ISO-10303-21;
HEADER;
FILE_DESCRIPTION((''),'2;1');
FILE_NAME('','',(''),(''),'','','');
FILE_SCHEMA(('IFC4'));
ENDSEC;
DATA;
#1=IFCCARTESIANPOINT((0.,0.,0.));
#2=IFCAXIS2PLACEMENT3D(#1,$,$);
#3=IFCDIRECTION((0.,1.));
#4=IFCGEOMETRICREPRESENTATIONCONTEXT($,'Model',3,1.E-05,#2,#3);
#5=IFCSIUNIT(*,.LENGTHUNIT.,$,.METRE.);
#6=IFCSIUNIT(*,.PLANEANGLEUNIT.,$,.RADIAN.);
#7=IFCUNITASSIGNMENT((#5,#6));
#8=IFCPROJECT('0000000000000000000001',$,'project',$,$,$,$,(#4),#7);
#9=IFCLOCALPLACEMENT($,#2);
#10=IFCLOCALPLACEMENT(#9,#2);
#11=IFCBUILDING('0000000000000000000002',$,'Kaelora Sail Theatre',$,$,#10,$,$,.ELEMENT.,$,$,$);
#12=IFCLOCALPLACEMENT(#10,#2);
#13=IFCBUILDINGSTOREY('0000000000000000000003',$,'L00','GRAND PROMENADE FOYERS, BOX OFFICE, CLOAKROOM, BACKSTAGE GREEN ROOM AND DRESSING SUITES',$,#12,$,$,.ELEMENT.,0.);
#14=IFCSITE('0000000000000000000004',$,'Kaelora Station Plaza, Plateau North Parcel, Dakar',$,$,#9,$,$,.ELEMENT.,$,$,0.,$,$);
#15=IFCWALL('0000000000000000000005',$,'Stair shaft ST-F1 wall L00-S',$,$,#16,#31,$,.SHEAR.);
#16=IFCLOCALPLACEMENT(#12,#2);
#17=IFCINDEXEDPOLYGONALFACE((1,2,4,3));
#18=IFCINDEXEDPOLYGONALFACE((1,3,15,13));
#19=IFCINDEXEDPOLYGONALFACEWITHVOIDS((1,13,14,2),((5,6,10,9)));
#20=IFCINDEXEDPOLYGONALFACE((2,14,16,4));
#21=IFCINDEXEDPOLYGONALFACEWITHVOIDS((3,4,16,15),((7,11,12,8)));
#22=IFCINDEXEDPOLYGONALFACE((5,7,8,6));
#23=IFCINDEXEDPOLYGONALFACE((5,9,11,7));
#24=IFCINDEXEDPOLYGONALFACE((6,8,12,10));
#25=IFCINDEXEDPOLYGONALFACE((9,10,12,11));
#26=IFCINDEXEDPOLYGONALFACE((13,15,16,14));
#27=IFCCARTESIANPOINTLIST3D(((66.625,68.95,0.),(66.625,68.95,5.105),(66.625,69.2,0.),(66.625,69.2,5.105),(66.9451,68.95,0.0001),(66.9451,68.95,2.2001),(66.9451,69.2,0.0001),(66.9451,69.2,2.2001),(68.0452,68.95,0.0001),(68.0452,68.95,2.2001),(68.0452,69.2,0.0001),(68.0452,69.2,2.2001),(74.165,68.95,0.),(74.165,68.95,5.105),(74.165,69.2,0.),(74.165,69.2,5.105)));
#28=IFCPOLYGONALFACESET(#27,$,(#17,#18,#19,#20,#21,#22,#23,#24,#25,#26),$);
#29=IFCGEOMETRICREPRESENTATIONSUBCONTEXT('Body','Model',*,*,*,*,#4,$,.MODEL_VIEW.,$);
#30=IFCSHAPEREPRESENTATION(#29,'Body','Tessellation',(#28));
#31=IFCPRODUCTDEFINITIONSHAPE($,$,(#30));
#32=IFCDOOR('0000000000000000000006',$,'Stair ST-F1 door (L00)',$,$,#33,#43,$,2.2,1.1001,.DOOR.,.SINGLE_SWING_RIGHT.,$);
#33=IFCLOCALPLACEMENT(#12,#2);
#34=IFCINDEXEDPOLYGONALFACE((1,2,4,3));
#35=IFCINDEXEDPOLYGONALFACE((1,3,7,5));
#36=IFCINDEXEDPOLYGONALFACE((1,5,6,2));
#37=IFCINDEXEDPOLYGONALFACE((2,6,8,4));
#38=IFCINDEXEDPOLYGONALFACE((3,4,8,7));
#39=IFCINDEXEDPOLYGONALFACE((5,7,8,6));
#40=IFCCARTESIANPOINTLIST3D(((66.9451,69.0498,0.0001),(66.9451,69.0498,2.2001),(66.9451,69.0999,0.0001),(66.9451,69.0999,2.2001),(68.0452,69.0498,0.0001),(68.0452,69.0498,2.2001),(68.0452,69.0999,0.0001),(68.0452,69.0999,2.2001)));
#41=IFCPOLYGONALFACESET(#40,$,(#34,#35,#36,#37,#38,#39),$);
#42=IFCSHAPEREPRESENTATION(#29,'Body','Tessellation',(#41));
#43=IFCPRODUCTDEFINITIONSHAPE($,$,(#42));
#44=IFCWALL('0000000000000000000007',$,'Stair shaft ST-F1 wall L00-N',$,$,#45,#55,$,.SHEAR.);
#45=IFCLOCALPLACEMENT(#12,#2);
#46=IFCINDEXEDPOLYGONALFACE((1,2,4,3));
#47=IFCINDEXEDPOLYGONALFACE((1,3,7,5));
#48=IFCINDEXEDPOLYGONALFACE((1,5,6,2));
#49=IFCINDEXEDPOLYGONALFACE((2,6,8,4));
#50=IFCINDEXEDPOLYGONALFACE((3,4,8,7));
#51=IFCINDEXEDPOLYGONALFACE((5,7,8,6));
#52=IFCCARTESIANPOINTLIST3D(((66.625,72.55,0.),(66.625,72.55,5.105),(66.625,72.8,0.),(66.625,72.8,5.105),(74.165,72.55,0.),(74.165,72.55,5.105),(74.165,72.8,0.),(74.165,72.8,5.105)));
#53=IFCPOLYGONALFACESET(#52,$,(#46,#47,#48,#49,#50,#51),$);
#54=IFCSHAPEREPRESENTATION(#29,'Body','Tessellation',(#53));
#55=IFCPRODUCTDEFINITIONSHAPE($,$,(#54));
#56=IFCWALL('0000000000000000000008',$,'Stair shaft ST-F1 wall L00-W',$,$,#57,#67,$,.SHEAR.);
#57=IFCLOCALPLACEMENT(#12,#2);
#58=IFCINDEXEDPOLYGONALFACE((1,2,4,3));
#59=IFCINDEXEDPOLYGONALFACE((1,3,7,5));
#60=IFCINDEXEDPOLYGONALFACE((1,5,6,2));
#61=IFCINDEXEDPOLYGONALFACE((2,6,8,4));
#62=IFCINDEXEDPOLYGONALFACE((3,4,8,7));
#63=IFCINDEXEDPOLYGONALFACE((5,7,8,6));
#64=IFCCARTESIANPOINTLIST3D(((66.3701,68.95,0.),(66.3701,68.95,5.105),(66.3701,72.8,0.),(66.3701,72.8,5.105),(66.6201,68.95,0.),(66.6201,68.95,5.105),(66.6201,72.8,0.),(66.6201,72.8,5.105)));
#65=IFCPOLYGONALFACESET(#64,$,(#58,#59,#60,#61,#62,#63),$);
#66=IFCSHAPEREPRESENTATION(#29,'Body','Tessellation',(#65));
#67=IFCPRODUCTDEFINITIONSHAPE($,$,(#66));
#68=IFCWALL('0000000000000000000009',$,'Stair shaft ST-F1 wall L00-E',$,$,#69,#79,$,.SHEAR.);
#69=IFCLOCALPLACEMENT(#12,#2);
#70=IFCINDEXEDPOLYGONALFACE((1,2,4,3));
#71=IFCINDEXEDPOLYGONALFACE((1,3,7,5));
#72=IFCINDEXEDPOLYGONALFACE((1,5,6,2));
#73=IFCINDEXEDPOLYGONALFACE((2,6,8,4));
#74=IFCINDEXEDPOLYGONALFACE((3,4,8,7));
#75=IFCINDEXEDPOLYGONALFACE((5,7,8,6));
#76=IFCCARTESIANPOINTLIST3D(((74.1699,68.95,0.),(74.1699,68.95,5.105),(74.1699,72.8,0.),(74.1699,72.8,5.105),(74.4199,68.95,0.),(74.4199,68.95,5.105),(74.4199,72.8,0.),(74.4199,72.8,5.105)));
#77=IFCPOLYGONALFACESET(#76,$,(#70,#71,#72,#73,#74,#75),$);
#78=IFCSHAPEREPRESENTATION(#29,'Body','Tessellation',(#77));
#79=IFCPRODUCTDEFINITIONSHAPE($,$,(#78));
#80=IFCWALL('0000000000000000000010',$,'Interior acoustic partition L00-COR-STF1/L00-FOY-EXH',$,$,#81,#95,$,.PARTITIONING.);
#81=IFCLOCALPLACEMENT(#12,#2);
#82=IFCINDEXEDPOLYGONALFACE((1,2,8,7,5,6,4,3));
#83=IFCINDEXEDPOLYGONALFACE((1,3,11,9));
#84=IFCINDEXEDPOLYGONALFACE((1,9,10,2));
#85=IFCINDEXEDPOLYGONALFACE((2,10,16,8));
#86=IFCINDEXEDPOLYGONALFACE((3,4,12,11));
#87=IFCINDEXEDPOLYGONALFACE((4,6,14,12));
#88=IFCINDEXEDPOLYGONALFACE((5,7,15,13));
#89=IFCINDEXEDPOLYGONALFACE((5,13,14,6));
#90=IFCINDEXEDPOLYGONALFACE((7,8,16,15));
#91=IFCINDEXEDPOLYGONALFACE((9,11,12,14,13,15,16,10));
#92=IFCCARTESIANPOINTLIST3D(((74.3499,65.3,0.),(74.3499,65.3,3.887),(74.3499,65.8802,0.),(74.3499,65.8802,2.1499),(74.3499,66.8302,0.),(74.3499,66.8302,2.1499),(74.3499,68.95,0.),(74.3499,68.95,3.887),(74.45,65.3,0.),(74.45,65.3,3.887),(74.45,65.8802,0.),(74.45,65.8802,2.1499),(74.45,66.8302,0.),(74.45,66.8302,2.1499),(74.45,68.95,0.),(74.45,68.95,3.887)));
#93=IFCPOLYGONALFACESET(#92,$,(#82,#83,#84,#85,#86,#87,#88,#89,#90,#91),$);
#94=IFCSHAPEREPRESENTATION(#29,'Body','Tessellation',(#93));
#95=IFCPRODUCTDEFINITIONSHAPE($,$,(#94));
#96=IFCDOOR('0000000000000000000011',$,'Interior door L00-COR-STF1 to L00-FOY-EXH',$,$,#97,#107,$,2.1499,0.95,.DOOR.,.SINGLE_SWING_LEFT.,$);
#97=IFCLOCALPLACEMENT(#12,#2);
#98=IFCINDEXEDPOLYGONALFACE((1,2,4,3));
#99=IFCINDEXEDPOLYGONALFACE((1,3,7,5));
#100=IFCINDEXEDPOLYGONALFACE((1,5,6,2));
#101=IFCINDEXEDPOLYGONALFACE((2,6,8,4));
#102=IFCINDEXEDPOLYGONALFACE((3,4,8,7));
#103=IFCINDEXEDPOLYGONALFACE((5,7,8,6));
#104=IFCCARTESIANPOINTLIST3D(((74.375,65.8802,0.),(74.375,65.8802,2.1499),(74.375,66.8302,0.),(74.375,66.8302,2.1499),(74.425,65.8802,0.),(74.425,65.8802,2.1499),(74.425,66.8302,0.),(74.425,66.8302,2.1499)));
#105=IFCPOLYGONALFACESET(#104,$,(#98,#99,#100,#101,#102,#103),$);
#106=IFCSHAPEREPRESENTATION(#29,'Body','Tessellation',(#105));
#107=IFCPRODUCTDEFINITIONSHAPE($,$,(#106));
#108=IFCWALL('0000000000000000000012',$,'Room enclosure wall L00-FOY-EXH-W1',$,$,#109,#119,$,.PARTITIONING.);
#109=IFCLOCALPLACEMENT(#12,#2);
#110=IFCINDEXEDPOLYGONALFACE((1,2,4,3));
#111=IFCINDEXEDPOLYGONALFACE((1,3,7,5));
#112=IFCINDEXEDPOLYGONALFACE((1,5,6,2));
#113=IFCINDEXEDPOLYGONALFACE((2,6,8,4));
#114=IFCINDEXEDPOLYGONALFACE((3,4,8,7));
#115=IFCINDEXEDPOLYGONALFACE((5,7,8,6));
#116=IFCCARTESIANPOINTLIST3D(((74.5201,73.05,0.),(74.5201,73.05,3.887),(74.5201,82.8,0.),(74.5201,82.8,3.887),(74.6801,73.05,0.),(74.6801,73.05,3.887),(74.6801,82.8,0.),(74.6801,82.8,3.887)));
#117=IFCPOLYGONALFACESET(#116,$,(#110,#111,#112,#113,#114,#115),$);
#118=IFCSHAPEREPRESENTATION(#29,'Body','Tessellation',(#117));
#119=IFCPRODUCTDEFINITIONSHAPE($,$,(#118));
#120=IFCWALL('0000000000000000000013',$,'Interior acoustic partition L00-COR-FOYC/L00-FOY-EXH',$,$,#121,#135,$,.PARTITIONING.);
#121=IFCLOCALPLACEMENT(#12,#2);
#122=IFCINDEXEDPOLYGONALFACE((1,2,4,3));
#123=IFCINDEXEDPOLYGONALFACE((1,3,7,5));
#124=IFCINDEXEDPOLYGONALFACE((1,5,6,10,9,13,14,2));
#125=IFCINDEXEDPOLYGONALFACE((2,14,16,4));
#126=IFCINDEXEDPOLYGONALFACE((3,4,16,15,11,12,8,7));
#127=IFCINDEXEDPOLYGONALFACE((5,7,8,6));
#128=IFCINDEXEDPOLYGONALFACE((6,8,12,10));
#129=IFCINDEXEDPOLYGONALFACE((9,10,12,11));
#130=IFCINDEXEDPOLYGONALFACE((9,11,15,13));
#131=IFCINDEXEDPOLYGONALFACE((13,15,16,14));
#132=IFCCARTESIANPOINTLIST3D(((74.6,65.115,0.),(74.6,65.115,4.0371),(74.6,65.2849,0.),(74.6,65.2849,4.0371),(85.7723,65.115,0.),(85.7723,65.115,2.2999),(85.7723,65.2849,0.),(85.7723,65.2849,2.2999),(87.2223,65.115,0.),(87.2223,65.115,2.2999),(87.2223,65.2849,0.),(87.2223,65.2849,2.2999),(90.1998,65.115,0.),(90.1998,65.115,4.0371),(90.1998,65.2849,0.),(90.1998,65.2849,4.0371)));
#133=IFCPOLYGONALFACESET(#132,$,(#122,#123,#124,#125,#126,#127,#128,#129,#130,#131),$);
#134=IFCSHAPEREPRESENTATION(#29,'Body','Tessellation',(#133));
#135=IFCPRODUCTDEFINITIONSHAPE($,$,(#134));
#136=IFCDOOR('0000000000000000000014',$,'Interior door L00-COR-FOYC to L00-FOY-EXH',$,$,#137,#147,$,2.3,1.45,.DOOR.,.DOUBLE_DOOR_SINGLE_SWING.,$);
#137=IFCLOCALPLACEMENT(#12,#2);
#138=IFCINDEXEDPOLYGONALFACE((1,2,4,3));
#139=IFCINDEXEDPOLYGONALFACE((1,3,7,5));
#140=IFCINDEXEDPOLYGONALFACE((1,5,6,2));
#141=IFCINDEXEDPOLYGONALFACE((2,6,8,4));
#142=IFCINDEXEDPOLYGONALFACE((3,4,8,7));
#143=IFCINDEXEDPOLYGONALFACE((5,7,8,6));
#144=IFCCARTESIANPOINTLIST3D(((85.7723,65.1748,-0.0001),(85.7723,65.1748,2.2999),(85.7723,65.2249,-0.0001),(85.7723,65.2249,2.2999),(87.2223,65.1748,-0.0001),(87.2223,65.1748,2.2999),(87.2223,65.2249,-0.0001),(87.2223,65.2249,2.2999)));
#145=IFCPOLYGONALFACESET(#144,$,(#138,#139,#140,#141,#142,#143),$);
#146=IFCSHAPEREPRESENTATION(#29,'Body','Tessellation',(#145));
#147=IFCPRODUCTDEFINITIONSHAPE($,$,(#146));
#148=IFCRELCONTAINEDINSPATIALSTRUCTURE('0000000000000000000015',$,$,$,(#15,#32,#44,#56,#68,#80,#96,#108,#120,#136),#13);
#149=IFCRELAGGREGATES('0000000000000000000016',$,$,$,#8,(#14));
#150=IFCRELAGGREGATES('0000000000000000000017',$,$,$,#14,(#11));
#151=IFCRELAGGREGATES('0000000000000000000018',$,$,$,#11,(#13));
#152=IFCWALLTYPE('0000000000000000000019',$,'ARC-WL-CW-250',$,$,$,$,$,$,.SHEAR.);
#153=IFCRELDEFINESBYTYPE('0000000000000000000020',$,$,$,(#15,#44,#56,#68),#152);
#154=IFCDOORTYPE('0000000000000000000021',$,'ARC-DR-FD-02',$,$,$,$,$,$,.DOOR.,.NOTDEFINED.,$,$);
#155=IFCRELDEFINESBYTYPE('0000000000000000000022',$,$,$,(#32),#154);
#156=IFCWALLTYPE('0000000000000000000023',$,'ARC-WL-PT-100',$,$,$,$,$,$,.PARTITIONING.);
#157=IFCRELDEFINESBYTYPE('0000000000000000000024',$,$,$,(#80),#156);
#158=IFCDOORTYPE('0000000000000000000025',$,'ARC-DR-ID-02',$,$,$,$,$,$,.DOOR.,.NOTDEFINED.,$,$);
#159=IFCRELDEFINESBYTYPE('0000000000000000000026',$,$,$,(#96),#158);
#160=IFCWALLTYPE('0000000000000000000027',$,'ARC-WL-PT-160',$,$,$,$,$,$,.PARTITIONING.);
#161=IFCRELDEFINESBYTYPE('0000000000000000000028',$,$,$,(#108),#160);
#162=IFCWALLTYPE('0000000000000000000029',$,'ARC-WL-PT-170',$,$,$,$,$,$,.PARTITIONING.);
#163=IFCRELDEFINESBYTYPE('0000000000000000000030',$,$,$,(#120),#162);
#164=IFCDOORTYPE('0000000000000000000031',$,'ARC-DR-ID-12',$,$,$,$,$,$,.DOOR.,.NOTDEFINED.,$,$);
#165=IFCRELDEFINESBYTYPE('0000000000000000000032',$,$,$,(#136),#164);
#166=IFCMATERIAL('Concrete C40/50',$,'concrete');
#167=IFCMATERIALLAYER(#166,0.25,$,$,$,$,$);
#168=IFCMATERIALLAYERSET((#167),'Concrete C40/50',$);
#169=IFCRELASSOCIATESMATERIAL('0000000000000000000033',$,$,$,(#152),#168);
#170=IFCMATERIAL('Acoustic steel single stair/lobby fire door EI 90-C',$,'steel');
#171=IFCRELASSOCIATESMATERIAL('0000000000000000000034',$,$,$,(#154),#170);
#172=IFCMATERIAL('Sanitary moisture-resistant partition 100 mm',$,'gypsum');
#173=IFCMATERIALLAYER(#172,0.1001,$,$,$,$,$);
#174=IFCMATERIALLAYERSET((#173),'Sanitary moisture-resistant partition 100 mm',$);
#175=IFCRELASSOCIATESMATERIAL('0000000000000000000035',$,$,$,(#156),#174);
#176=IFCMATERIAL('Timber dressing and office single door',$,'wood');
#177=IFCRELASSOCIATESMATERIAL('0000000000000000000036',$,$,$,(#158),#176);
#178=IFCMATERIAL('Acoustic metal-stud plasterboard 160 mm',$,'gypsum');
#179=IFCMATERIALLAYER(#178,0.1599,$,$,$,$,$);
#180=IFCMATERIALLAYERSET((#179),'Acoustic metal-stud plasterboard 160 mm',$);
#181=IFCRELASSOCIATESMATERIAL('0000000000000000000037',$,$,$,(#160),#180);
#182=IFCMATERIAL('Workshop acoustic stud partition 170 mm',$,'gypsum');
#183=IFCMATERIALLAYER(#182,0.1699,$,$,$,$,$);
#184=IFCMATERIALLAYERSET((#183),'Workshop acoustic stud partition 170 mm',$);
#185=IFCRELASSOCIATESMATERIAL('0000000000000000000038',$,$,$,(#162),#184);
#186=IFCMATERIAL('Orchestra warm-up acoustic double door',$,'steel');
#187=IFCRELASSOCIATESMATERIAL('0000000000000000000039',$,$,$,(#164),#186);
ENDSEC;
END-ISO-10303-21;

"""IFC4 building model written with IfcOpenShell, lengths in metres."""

from ifc_helpers import new_model, si_unit, direction, frame, frame_2d, origin, place, context, subcontext, project, spatial, rectangle, extrude, material, layer, layer_set, type_object, element, fill, save


model = new_model("IFC4")

# Units and contexts
model_context = context("Model", 3, precision=1e-05, world=origin(), true_north=direction((0.0, 1.0)))
body_context = subcontext(model_context, "Body", "Model", "MODEL_VIEW")
ifc_project = project(units=[si_unit("LENGTHUNIT", "METRE"), si_unit("PLANEANGLEUNIT", "RADIAN")], contexts=[model_context])

# Site, building, storey
site_placement = place(None, origin())
site = spatial("IfcSite", under=ifc_project, at=site_placement, Name="Kaelora Station Plaza, Plateau North Parcel, Dakar", CompositionType="ELEMENT", RefElevation=0.0)
building_placement = place(site_placement, origin())
building = spatial("IfcBuilding", under=site, at=building_placement, Name="Kaelora Sail Theatre", CompositionType="ELEMENT")
storey_placement = place(building_placement, origin())
storey = spatial("IfcBuildingStorey", under=building, at=storey_placement, Name="L00", Description="GRAND PROMENADE FOYERS, BOX OFFICE, CLOAKROOM, BACKSTAGE GREEN ROOM AND DRESSING SUITES", CompositionType="ELEMENT", Elevation=0.0)

# Wall, opening, door
ifc_material_1 = material(Name="Concrete C40/50", Category="concrete")
ifc_layer_1 = layer(ifc_material_1, 0.25)
ifc_layer_set_1 = layer_set([ifc_layer_1], Name="Concrete C40/50")
wall_type_1 = type_object("IfcWallType", Name="ARC-WL-CW-250", PredefinedType="SHEAR", material=ifc_layer_set_1)
wall_1_placement = place(storey_placement, frame((66.625, 69.075, 0.0), z_axis=(0.0, 0.0, 1.0), x_axis=(1.0, 0.0, 0.0)))
wall_1 = element("IfcWall", 1, at=wall_1_placement, inside=storey, type_object=wall_type_1, Name="Stair shaft ST-F1 wall L00-S", PredefinedType="SHEAR", context=body_context, shape_type="SweptSolid", body=[
    extrude(rectangle(XDim=7.54, YDim=0.25, at=frame_2d((3.77, 0.0))), origin(), (0.0, 0.0, 1.0), 5.105),
])
opening_1_placement = place(wall_1_placement, frame((0.3201, 0.0, 0.0)))
opening_1 = element("IfcOpeningElement", 2, at=opening_1_placement, cuts=wall_1, PredefinedType="OPENING", context=body_context, shape_type="SweptSolid", body=[
    extrude(rectangle(XDim=1.1001, YDim=2.2, at=frame_2d((0.55, 1.1001))), frame((0.0, 0.135, 0.0), z_axis=(0.0, -1.0, 0.0), x_axis=(1.0, 0.0, 0.0)), (0.0, 0.0, 1.0), 0.27),
])
ifc_material_2 = material(Name="Acoustic steel single stair/lobby fire door EI 90-C", Category="steel")
door_type_1 = type_object("IfcDoorType", Name="ARC-DR-FD-02", OperationType="NOTDEFINED", PredefinedType="DOOR", material=ifc_material_2)
door_1_placement = place(opening_1_placement, origin())
door_1 = element("IfcDoor", 3, at=door_1_placement, inside=storey, type_object=door_type_1, Name="Stair ST-F1 door (L00)", OperationType="SINGLE_SWING_RIGHT", OverallHeight=2.2, OverallWidth=1.1001, PredefinedType="DOOR", context=body_context, shape_type="SweptSolid", body=[
    extrude(rectangle(XDim=1.1001, YDim=2.2, at=frame_2d((0.55, 1.1001))), frame((0.0, 0.0249, 0.0), z_axis=(0.0, -1.0, 0.0), x_axis=(1.0, 0.0, 0.0)), (0.0, 0.0, 1.0), 0.05),
])
fill(opening_1, door_1)

# Walls
wall_2_placement = place(storey_placement, frame((66.625, 72.675, 0.0), z_axis=(0.0, 0.0, 1.0), x_axis=(1.0, 0.0, 0.0)))
element("IfcWall", 4, at=wall_2_placement, inside=storey, type_object=wall_type_1, Name="Stair shaft ST-F1 wall L00-N", PredefinedType="SHEAR", context=body_context, shape_type="SweptSolid", body=[
    extrude(rectangle(XDim=7.54, YDim=0.25, at=frame_2d((3.77, 0.0))), origin(), (0.0, 0.0, 1.0), 5.105),
])
for number, where, z_axis, x_axis, name in (
    (5, (66.4951, 68.95, 0.0), (0.0, 0.0, 1.0), (0.0, 1.0, 0.0), "Stair shaft ST-F1 wall L00-W"),
    (6, (74.2949, 68.95, 0.0), (0.0, 0.0, 1.0), (0.0, 1.0, 0.0), "Stair shaft ST-F1 wall L00-E"),
):
    element("IfcWall", number, at=place(storey_placement, frame(where, z_axis=z_axis, x_axis=x_axis)), inside=storey, type_object=wall_type_1, Name=name, PredefinedType="SHEAR", context=body_context, shape_type="SweptSolid", body=[
        extrude(rectangle(XDim=3.8501, YDim=0.25, at=frame_2d((1.925, 0.0))), origin(), (0.0, 0.0, 1.0), 5.105),
    ])

# Wall, opening, door
ifc_material_3 = material(Name="Sanitary moisture-resistant partition 100 mm", Category="gypsum")
ifc_layer_2 = layer(ifc_material_3, 0.1001)
ifc_layer_set_2 = layer_set([ifc_layer_2], Name="Sanitary moisture-resistant partition 100 mm")
wall_type_2 = type_object("IfcWallType", Name="ARC-WL-PT-100", PredefinedType="PARTITIONING", material=ifc_layer_set_2)
wall_3_placement = place(storey_placement, frame((74.3999, 65.3, 0.0), z_axis=(0.0, 0.0, 1.0), x_axis=(0.0, 1.0, 0.0)))
wall_3 = element("IfcWall", 7, at=wall_3_placement, inside=storey, type_object=wall_type_2, Name="Interior acoustic partition L00-COR-STF1/L00-FOY-EXH", PredefinedType="PARTITIONING", context=body_context, shape_type="SweptSolid", body=[
    extrude(rectangle(XDim=3.6499, YDim=0.1001, at=frame_2d((1.825, 0.0))), origin(), (0.0, 0.0, 1.0), 3.887),
])
opening_2_placement = place(wall_3_placement, frame((0.5801, 0.0, 0.0)))
opening_2 = element("IfcOpeningElement", 8, at=opening_2_placement, cuts=wall_3, PredefinedType="OPENING", context=body_context, shape_type="SweptSolid", body=[
    extrude(rectangle(XDim=0.95, YDim=2.1499, at=frame_2d((0.4751, 1.075))), frame((0.0, 0.06, 0.0), z_axis=(0.0, -1.0, 0.0), x_axis=(1.0, 0.0, 0.0)), (0.0, 0.0, 1.0), 0.1201),
])
ifc_material_4 = material(Name="Timber dressing and office single door", Category="wood")
door_type_2 = type_object("IfcDoorType", Name="ARC-DR-ID-02", OperationType="NOTDEFINED", PredefinedType="DOOR", material=ifc_material_4)
door_2_placement = place(opening_2_placement, origin())
door_2 = element("IfcDoor", 9, at=door_2_placement, inside=storey, type_object=door_type_2, Name="Interior door L00-COR-STF1 to L00-FOY-EXH", OperationType="SINGLE_SWING_LEFT", OverallHeight=2.1499, OverallWidth=0.95, PredefinedType="DOOR", context=body_context, shape_type="SweptSolid", body=[
    extrude(rectangle(XDim=0.95, YDim=2.1499, at=frame_2d((0.4751, 1.075))), frame((0.0, 0.0249, 0.0), z_axis=(0.0, -1.0, 0.0), x_axis=(1.0, 0.0, 0.0)), (0.0, 0.0, 1.0), 0.05),
])
fill(opening_2, door_2)

# Wall
ifc_material_5 = material(Name="Acoustic metal-stud plasterboard 160 mm", Category="gypsum")
ifc_layer_3 = layer(ifc_material_5, 0.1599)
ifc_layer_set_3 = layer_set([ifc_layer_3], Name="Acoustic metal-stud plasterboard 160 mm")
wall_type_3 = type_object("IfcWallType", Name="ARC-WL-PT-160", PredefinedType="PARTITIONING", material=ifc_layer_set_3)
wall_4_placement = place(storey_placement, frame((74.6001, 73.05, 0.0), z_axis=(0.0, 0.0, 1.0), x_axis=(0.0, 1.0, 0.0)))
element("IfcWall", 10, at=wall_4_placement, inside=storey, type_object=wall_type_3, Name="Room enclosure wall L00-FOY-EXH-W1", PredefinedType="PARTITIONING", context=body_context, shape_type="SweptSolid", body=[
    extrude(rectangle(XDim=9.75, YDim=0.1599, at=frame_2d((4.875, 0.0))), origin(), (0.0, 0.0, 1.0), 3.887),
])

# Wall, opening, door
ifc_material_6 = material(Name="Workshop acoustic stud partition 170 mm", Category="gypsum")
ifc_layer_4 = layer(ifc_material_6, 0.1699)
ifc_layer_set_4 = layer_set([ifc_layer_4], Name="Workshop acoustic stud partition 170 mm")
wall_type_4 = type_object("IfcWallType", Name="ARC-WL-PT-170", PredefinedType="PARTITIONING", material=ifc_layer_set_4)
wall_5_placement = place(storey_placement, frame((74.6001, 65.2, 0.0), z_axis=(0.0, 0.0, 1.0), x_axis=(1.0, 0.0, 0.0)))
wall_5 = element("IfcWall", 11, at=wall_5_placement, inside=storey, type_object=wall_type_4, Name="Interior acoustic partition L00-COR-FOYC/L00-FOY-EXH", PredefinedType="PARTITIONING", context=body_context, shape_type="SweptSolid", body=[
    extrude(rectangle(XDim=15.5999, YDim=0.1699, at=frame_2d((7.7998, 0.0))), origin(), (0.0, 0.0, 1.0), 4.0371),
])
opening_3_placement = place(wall_5_placement, frame((11.1721, 0.0, 0.0)))
opening_3 = element("IfcOpeningElement", 12, at=opening_3_placement, cuts=wall_5, PredefinedType="OPENING", context=body_context, shape_type="SweptSolid", body=[
    extrude(rectangle(XDim=1.45, YDim=2.3, at=frame_2d((0.7251, 1.1499))), frame((0.0, 0.095, 0.0), z_axis=(0.0, -1.0, 0.0), x_axis=(1.0, 0.0, 0.0)), (0.0, 0.0, 1.0), 0.1899),
])
ifc_material_7 = material(Name="Orchestra warm-up acoustic double door", Category="steel")
door_type_3 = type_object("IfcDoorType", Name="ARC-DR-ID-12", OperationType="NOTDEFINED", PredefinedType="DOOR", material=ifc_material_7)
door_3_placement = place(opening_3_placement, origin())
door_3 = element("IfcDoor", 13, at=door_3_placement, inside=storey, type_object=door_type_3, Name="Interior door L00-COR-FOYC to L00-FOY-EXH", OperationType="DOUBLE_DOOR_SINGLE_SWING", OverallHeight=2.3, OverallWidth=1.45, PredefinedType="DOOR", context=body_context, shape_type="SweptSolid", body=[
    extrude(rectangle(XDim=1.45, YDim=2.3, at=frame_2d((0.7251, 1.1499))), frame((0.0, 0.0249, 0.0), z_axis=(0.0, -1.0, 0.0), x_axis=(1.0, 0.0, 0.0)), (0.0, 0.0, 1.0), 0.05),
])
fill(opening_3, door_3)

save(model, "model.ifc")
